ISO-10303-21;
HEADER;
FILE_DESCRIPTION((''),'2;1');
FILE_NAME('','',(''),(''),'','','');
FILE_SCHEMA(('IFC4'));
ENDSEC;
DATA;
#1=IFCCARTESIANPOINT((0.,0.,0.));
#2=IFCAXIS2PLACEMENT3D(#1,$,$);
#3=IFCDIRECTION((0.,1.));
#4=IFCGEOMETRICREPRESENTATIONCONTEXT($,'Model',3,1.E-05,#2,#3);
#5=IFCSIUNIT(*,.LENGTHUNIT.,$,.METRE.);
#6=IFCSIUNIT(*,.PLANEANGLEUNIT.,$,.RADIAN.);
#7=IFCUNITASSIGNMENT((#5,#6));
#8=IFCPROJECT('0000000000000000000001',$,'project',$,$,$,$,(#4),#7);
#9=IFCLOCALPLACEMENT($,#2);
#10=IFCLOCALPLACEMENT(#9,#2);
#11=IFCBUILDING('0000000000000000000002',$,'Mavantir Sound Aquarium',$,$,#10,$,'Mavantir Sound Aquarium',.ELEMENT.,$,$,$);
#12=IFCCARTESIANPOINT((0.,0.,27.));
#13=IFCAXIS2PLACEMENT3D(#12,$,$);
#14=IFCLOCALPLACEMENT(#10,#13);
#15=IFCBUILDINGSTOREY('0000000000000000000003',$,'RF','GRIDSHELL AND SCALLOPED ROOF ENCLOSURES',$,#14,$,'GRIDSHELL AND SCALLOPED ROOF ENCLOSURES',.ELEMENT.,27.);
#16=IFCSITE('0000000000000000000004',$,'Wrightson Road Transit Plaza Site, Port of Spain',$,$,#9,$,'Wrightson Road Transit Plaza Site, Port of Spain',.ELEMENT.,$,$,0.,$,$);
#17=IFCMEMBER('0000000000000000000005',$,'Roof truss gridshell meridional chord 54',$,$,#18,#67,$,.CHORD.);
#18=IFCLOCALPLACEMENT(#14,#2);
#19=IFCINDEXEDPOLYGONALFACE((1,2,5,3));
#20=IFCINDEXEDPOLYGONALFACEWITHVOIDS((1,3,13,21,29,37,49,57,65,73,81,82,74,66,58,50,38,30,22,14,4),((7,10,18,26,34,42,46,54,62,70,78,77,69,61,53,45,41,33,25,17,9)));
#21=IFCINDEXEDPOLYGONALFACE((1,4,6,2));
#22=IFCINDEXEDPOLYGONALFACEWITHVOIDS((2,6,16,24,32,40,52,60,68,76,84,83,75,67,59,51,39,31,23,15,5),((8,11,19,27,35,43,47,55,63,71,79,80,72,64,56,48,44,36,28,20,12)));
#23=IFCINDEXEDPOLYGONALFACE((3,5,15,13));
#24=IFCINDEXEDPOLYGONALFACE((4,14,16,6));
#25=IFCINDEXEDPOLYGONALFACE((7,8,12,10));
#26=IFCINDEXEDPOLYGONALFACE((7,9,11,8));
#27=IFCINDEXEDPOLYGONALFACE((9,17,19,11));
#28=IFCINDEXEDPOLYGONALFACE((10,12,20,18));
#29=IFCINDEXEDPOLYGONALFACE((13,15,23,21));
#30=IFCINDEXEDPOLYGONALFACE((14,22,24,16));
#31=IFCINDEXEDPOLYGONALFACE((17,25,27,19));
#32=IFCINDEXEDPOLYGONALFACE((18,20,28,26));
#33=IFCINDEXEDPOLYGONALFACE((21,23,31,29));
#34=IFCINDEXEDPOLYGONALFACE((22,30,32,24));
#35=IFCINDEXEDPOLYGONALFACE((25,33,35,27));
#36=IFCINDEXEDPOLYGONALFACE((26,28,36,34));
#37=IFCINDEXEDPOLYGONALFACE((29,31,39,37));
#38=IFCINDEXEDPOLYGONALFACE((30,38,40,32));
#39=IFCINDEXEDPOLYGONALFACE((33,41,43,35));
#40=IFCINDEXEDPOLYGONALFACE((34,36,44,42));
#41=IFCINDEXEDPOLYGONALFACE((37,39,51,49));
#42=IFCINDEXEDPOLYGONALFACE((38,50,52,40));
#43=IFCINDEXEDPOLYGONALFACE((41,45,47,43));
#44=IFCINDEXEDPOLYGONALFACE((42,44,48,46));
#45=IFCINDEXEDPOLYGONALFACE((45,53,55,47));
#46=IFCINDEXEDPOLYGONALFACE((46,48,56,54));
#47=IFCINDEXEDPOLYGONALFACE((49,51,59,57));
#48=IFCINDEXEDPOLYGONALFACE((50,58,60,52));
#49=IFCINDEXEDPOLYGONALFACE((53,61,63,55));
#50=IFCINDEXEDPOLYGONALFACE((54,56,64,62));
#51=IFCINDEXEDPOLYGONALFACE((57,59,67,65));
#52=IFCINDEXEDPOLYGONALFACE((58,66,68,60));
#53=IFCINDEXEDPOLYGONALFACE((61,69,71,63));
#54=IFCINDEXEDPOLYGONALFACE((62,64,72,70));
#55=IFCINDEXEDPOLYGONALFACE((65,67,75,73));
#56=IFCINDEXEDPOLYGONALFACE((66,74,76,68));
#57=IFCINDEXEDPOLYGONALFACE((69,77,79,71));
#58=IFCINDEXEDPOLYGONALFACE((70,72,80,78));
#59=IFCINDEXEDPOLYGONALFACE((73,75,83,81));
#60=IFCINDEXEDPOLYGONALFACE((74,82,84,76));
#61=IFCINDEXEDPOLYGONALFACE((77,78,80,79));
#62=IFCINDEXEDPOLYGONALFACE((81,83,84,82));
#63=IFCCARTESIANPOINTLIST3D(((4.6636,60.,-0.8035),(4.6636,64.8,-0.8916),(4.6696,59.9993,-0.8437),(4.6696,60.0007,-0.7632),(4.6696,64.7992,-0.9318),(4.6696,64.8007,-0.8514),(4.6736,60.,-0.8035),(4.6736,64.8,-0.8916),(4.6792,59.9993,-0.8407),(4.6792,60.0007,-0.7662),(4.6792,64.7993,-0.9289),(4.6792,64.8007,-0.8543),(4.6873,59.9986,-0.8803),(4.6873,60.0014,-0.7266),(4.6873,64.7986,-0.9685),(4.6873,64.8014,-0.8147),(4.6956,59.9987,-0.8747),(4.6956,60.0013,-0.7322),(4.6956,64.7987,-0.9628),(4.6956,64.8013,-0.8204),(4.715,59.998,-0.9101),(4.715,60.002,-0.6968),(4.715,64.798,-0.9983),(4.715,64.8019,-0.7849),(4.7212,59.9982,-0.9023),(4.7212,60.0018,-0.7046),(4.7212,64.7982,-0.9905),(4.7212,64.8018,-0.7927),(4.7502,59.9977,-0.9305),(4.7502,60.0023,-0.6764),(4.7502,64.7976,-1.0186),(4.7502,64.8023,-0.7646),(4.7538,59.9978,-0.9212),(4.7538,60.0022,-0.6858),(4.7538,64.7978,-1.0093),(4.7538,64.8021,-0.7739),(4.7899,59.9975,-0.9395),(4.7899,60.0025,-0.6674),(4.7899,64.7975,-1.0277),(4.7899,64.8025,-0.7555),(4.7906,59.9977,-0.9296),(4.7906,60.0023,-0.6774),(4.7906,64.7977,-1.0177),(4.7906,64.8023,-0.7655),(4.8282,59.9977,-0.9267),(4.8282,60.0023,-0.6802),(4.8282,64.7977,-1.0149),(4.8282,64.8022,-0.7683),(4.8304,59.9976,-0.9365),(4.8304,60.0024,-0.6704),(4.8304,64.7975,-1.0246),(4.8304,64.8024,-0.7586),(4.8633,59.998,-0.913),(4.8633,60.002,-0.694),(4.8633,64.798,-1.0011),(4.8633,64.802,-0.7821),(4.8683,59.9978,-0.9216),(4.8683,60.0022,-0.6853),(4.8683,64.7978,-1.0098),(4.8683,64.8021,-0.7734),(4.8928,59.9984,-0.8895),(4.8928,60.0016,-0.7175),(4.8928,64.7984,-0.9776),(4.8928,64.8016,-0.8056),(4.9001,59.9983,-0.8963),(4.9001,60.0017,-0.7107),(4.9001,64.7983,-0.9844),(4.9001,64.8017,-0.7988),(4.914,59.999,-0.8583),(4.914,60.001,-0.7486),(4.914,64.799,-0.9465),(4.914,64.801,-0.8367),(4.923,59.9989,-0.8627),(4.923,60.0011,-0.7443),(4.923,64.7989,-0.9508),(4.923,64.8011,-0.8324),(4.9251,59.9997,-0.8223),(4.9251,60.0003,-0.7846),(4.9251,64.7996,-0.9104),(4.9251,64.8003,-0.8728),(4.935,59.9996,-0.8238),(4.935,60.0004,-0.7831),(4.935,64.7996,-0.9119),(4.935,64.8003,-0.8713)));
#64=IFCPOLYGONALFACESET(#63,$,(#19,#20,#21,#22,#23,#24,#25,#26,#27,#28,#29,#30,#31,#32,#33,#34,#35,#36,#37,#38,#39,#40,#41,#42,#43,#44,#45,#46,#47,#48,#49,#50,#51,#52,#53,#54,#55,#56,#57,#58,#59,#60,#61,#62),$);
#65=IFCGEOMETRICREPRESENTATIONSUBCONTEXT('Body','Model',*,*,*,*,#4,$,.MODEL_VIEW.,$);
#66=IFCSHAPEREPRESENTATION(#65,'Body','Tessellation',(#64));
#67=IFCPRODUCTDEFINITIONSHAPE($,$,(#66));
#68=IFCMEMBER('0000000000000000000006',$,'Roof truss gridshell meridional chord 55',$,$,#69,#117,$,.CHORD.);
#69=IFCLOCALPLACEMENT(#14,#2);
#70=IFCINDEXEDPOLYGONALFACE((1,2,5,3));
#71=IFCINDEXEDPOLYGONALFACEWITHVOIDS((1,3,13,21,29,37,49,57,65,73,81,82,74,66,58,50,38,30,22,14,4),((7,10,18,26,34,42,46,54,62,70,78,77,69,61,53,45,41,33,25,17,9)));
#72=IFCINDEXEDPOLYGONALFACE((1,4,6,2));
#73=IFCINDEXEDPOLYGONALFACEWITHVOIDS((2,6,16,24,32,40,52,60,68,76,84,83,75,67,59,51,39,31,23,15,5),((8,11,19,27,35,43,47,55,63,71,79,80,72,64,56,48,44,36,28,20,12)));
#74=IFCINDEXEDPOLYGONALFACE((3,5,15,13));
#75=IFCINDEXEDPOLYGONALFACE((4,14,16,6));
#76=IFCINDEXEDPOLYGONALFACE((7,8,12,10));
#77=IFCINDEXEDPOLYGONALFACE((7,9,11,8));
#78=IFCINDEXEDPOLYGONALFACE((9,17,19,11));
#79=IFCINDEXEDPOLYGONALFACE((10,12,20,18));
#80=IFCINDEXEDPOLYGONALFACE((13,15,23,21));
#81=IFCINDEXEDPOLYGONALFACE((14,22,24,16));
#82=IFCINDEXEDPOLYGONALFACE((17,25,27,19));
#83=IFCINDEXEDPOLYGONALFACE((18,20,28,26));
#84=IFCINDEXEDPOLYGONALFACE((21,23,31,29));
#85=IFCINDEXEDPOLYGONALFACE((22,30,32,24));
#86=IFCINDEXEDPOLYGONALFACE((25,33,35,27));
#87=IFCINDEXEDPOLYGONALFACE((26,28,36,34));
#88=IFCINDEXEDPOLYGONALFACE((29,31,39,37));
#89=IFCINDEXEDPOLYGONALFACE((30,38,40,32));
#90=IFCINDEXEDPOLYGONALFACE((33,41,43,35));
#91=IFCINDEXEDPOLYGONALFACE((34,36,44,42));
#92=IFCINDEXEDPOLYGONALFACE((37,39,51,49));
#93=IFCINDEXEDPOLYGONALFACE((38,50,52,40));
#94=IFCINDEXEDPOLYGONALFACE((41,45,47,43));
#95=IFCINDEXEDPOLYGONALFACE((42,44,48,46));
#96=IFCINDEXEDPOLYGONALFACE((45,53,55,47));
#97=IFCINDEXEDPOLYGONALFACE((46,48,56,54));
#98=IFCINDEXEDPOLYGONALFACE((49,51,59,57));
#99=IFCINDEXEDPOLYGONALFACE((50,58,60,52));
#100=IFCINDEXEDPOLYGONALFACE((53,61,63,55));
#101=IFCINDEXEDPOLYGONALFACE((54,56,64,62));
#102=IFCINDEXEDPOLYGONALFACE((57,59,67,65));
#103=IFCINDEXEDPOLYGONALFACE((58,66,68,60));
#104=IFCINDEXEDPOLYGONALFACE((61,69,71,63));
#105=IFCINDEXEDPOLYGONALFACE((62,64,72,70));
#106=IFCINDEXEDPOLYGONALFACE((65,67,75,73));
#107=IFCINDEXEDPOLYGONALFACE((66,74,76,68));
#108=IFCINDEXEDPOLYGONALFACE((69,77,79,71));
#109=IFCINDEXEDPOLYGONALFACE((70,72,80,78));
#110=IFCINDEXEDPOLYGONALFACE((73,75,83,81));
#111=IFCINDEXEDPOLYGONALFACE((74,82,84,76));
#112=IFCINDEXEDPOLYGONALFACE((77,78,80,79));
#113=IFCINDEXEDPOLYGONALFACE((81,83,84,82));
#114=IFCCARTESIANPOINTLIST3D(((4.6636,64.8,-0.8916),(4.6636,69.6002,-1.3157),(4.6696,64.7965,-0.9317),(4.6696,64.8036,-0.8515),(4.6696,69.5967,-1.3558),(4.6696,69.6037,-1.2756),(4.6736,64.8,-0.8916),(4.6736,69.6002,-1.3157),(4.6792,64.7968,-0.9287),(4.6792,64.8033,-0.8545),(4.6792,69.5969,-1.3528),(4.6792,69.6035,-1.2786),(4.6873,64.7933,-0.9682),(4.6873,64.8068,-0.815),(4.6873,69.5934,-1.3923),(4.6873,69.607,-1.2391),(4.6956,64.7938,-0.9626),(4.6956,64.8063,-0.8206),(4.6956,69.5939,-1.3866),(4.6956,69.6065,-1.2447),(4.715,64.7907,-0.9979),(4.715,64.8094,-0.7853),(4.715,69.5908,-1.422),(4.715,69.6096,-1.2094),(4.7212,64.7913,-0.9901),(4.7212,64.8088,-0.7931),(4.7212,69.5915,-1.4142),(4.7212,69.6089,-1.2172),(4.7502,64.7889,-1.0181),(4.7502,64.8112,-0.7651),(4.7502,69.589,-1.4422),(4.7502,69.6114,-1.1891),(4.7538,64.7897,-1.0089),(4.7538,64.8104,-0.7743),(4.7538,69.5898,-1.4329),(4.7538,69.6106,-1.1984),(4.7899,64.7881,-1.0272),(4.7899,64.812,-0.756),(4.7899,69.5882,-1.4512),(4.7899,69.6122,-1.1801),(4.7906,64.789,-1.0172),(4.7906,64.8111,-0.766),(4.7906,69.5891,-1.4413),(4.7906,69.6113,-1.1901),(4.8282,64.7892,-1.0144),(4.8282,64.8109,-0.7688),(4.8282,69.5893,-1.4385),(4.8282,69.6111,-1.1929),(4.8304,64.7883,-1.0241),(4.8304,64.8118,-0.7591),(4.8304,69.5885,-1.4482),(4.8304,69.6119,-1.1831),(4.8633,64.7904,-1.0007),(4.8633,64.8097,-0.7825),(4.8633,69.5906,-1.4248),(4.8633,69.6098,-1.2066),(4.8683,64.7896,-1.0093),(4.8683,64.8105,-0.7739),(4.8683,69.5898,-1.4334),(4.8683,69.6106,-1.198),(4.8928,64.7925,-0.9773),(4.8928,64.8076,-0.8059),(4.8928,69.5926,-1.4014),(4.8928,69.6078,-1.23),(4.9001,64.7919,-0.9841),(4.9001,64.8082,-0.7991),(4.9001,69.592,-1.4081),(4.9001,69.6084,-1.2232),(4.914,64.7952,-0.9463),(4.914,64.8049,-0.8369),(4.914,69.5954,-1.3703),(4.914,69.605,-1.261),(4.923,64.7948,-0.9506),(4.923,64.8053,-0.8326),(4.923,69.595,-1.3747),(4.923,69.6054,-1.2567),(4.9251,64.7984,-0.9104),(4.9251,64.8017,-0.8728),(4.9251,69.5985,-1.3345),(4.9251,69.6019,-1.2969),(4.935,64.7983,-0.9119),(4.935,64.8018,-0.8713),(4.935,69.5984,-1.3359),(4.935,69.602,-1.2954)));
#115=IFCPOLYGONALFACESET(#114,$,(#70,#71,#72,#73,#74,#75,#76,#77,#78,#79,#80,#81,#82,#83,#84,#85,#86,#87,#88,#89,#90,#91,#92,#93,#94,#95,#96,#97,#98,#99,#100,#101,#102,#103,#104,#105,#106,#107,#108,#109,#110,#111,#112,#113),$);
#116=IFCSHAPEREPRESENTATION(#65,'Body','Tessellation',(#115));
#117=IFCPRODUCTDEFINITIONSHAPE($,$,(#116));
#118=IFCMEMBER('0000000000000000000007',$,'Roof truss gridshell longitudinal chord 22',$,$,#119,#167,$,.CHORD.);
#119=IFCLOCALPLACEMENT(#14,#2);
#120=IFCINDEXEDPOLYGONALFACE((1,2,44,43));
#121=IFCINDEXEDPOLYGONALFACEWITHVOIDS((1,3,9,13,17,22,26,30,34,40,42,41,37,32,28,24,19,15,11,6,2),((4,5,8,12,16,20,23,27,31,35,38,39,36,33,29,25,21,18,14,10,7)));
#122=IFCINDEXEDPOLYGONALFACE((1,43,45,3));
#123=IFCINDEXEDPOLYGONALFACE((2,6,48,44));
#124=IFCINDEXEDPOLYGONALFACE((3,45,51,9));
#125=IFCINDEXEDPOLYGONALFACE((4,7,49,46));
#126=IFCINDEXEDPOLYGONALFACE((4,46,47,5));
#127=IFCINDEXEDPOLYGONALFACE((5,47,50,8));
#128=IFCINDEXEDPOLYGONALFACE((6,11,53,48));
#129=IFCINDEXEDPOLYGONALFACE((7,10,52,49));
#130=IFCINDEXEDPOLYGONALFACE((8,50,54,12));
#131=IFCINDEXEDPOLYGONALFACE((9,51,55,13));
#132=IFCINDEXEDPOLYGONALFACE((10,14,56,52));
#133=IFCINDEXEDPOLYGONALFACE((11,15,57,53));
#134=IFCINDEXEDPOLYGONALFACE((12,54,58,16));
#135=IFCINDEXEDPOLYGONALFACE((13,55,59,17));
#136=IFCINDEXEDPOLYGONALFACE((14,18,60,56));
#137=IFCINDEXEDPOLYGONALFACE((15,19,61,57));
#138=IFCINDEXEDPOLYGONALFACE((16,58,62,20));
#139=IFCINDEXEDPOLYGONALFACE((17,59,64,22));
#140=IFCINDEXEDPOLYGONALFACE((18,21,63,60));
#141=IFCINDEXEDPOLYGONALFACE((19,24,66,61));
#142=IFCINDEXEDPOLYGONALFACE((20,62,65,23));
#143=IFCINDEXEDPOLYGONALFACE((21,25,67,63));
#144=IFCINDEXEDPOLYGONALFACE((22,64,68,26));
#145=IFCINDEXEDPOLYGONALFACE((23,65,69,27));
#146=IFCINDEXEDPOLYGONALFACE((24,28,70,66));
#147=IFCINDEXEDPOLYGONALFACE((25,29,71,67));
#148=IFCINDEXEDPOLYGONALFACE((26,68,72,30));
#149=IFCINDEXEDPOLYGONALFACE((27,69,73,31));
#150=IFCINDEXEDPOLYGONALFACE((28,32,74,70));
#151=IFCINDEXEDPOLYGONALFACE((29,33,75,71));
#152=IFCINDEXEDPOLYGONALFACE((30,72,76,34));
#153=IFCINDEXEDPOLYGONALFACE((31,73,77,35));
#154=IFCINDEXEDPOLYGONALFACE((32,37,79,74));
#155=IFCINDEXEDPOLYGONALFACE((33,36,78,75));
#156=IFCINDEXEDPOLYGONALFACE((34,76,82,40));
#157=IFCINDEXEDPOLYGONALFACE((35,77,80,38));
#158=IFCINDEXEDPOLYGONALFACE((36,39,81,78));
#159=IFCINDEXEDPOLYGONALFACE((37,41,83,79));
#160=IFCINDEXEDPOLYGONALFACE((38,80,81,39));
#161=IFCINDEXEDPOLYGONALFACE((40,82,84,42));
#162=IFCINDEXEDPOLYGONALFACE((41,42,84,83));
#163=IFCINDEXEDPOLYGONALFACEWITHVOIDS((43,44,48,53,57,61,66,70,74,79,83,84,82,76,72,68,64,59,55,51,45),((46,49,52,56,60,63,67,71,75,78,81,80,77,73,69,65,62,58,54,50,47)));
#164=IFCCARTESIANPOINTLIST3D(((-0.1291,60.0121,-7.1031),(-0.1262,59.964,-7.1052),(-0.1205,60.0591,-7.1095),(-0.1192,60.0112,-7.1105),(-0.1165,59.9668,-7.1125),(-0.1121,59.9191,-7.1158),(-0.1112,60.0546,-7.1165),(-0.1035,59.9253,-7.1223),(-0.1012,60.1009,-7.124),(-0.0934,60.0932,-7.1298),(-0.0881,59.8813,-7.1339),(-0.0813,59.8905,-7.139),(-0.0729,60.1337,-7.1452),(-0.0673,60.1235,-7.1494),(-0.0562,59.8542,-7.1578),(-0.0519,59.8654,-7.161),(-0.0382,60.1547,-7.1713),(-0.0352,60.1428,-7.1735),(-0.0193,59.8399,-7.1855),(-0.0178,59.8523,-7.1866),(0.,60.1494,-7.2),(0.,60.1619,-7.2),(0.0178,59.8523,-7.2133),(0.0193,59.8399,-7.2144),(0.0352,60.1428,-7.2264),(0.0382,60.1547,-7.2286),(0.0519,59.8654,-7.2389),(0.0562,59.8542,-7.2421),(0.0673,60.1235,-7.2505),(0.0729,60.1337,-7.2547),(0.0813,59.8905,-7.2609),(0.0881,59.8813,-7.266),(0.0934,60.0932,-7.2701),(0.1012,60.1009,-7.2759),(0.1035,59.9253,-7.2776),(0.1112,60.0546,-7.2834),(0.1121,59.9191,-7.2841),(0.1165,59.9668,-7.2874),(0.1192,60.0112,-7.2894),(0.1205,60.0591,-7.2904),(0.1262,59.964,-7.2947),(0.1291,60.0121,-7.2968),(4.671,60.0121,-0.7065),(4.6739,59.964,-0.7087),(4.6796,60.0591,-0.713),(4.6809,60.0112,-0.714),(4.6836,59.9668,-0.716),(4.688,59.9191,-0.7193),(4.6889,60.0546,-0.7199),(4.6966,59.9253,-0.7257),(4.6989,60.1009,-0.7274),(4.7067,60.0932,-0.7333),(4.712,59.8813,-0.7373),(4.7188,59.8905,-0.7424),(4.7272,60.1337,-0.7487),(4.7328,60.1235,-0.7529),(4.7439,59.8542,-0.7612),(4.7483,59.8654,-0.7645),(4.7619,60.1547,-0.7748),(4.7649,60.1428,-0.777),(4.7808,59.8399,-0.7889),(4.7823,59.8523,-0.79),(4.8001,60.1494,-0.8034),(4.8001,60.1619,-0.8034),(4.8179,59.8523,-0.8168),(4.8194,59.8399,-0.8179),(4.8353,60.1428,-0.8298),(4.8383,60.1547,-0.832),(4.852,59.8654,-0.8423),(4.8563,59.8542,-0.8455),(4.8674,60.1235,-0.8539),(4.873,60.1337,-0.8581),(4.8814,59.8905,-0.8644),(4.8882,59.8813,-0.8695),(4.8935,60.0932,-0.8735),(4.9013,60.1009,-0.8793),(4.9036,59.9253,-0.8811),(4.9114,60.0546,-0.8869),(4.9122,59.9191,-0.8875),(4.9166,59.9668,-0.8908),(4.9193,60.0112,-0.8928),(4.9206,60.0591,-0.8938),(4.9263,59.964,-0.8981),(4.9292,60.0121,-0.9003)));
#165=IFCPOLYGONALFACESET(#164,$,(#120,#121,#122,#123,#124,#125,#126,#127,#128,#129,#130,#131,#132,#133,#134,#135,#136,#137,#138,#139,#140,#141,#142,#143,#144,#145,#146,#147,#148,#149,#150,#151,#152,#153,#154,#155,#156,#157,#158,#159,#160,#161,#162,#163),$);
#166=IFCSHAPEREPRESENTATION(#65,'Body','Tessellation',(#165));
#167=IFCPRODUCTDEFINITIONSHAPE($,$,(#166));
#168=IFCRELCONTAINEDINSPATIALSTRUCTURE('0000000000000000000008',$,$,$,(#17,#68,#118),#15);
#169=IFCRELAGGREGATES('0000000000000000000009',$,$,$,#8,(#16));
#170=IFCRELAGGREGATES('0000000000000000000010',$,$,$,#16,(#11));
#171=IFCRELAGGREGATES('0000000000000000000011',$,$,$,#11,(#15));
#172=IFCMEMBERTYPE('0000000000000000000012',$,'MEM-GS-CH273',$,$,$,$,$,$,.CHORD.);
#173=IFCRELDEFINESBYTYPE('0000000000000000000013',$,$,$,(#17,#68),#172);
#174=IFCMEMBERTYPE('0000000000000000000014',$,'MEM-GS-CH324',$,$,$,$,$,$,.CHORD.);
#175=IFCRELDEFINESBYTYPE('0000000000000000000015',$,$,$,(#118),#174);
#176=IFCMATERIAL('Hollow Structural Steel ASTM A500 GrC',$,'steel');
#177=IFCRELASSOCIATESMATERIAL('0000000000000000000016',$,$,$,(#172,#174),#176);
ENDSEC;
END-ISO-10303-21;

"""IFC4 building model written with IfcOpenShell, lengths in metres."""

from ifc_helpers import new_model, si_unit, direction, frame, origin, origin_2d, place, context, subcontext, project, spatial, hollow_circle, extrude, material, material_profile, profile_set, type_object, element, save


model = new_model("IFC4")

# Units and contexts
model_context = context("Model", 3, precision=1e-05, world=origin(), true_north=direction((0.0, 1.0)))
body_context = subcontext(model_context, "Body", "Model", "MODEL_VIEW")
ifc_project = project(units=[si_unit("LENGTHUNIT", "METRE"), si_unit("PLANEANGLEUNIT", "RADIAN")], contexts=[model_context])

# Site, building, storey
site_placement = place(None, origin())
site = spatial("IfcSite", under=ifc_project, at=site_placement, Name="Wrightson Road Transit Plaza Site, Port of Spain", LongName="Wrightson Road Transit Plaza Site, Port of Spain", CompositionType="ELEMENT", RefElevation=0.0)
building_placement = place(site_placement, origin())
building = spatial("IfcBuilding", under=site, at=building_placement, Name="Mavantir Sound Aquarium", LongName="Mavantir Sound Aquarium", CompositionType="ELEMENT")
storey_placement = place(building_placement, frame((0.0, 0.0, 27.0)))
storey = spatial("IfcBuildingStorey", under=building, at=storey_placement, Name="RF", Description="GRIDSHELL AND SCALLOPED ROOF ENCLOSURES", LongName="GRIDSHELL AND SCALLOPED ROOF ENCLOSURES", CompositionType="ELEMENT", Elevation=27.0)

# Shared definitions
ifc_material_1 = material(Name="Hollow Structural Steel ASTM A500 GrC", Category="steel")

# Members
ifc_material_profile_1 = material_profile(ifc_material_1, hollow_circle(Radius=0.1365, WallThickness=0.01, at=origin_2d()), Name="CHS 273X10")
ifc_profile_set_1 = profile_set([ifc_material_profile_1], Name="Hollow Structural Steel ASTM A500 GrC")
member_type_1 = type_object("IfcMemberType", Name="MEM-GS-CH273", PredefinedType="CHORD", material=ifc_profile_set_1)
member_1_placement = place(storey_placement, frame((4.8, 60.0, -0.8035), z_axis=(0.0, 0.999831, -0.018358), x_axis=(-1.0, 0.0, 0.0)))
element("IfcMember", 1, at=member_1_placement, inside=storey, type_object=member_type_1, Name="Roof truss gridshell meridional chord 54", PredefinedType="CHORD", context=body_context, shape_type="SweptSolid", body=[
    extrude(hollow_circle(Radius=0.1365, WallThickness=0.01, at=origin_2d()), origin(), (0.0, 0.0, 1.0), 4.8008),
])
member_2_placement = place(storey_placement, frame((4.8, 64.8, -0.8916), z_axis=(0.0, 0.99612, -0.088005), x_axis=(-1.0, 0.0, 0.0)))
element("IfcMember", 2, at=member_2_placement, inside=storey, type_object=member_type_1, Name="Roof truss gridshell meridional chord 55", PredefinedType="CHORD", context=body_context, shape_type="SweptSolid", body=[
    extrude(hollow_circle(Radius=0.1365, WallThickness=0.01, at=origin_2d()), origin(), (0.0, 0.0, 1.0), 4.8188),
])
ifc_material_profile_2 = material_profile(ifc_material_1, hollow_circle(Radius=0.1619, WallThickness=0.0125, at=origin_2d()), Name="CHS 323.9X12.5")
ifc_profile_set_2 = profile_set([ifc_material_profile_2], Name="Hollow Structural Steel ASTM A500 GrC")
member_type_2 = type_object("IfcMemberType", Name="MEM-GS-CH324", PredefinedType="CHORD", material=ifc_profile_set_2)
member_3_placement = place(storey_placement, frame((0.0, 60.0, -7.2), z_axis=(0.600215, 0.0, 0.799839), x_axis=(0.0, 1.0, 0.0)))
element("IfcMember", 3, at=member_3_placement, inside=storey, type_object=member_type_2, Name="Roof truss gridshell longitudinal chord 22", PredefinedType="CHORD", context=body_context, shape_type="SweptSolid", body=[
    extrude(hollow_circle(Radius=0.1619, WallThickness=0.0125, at=origin_2d()), origin(), (0.0, 0.0, 1.0), 7.9973),
])

save(model, "model.ifc")
